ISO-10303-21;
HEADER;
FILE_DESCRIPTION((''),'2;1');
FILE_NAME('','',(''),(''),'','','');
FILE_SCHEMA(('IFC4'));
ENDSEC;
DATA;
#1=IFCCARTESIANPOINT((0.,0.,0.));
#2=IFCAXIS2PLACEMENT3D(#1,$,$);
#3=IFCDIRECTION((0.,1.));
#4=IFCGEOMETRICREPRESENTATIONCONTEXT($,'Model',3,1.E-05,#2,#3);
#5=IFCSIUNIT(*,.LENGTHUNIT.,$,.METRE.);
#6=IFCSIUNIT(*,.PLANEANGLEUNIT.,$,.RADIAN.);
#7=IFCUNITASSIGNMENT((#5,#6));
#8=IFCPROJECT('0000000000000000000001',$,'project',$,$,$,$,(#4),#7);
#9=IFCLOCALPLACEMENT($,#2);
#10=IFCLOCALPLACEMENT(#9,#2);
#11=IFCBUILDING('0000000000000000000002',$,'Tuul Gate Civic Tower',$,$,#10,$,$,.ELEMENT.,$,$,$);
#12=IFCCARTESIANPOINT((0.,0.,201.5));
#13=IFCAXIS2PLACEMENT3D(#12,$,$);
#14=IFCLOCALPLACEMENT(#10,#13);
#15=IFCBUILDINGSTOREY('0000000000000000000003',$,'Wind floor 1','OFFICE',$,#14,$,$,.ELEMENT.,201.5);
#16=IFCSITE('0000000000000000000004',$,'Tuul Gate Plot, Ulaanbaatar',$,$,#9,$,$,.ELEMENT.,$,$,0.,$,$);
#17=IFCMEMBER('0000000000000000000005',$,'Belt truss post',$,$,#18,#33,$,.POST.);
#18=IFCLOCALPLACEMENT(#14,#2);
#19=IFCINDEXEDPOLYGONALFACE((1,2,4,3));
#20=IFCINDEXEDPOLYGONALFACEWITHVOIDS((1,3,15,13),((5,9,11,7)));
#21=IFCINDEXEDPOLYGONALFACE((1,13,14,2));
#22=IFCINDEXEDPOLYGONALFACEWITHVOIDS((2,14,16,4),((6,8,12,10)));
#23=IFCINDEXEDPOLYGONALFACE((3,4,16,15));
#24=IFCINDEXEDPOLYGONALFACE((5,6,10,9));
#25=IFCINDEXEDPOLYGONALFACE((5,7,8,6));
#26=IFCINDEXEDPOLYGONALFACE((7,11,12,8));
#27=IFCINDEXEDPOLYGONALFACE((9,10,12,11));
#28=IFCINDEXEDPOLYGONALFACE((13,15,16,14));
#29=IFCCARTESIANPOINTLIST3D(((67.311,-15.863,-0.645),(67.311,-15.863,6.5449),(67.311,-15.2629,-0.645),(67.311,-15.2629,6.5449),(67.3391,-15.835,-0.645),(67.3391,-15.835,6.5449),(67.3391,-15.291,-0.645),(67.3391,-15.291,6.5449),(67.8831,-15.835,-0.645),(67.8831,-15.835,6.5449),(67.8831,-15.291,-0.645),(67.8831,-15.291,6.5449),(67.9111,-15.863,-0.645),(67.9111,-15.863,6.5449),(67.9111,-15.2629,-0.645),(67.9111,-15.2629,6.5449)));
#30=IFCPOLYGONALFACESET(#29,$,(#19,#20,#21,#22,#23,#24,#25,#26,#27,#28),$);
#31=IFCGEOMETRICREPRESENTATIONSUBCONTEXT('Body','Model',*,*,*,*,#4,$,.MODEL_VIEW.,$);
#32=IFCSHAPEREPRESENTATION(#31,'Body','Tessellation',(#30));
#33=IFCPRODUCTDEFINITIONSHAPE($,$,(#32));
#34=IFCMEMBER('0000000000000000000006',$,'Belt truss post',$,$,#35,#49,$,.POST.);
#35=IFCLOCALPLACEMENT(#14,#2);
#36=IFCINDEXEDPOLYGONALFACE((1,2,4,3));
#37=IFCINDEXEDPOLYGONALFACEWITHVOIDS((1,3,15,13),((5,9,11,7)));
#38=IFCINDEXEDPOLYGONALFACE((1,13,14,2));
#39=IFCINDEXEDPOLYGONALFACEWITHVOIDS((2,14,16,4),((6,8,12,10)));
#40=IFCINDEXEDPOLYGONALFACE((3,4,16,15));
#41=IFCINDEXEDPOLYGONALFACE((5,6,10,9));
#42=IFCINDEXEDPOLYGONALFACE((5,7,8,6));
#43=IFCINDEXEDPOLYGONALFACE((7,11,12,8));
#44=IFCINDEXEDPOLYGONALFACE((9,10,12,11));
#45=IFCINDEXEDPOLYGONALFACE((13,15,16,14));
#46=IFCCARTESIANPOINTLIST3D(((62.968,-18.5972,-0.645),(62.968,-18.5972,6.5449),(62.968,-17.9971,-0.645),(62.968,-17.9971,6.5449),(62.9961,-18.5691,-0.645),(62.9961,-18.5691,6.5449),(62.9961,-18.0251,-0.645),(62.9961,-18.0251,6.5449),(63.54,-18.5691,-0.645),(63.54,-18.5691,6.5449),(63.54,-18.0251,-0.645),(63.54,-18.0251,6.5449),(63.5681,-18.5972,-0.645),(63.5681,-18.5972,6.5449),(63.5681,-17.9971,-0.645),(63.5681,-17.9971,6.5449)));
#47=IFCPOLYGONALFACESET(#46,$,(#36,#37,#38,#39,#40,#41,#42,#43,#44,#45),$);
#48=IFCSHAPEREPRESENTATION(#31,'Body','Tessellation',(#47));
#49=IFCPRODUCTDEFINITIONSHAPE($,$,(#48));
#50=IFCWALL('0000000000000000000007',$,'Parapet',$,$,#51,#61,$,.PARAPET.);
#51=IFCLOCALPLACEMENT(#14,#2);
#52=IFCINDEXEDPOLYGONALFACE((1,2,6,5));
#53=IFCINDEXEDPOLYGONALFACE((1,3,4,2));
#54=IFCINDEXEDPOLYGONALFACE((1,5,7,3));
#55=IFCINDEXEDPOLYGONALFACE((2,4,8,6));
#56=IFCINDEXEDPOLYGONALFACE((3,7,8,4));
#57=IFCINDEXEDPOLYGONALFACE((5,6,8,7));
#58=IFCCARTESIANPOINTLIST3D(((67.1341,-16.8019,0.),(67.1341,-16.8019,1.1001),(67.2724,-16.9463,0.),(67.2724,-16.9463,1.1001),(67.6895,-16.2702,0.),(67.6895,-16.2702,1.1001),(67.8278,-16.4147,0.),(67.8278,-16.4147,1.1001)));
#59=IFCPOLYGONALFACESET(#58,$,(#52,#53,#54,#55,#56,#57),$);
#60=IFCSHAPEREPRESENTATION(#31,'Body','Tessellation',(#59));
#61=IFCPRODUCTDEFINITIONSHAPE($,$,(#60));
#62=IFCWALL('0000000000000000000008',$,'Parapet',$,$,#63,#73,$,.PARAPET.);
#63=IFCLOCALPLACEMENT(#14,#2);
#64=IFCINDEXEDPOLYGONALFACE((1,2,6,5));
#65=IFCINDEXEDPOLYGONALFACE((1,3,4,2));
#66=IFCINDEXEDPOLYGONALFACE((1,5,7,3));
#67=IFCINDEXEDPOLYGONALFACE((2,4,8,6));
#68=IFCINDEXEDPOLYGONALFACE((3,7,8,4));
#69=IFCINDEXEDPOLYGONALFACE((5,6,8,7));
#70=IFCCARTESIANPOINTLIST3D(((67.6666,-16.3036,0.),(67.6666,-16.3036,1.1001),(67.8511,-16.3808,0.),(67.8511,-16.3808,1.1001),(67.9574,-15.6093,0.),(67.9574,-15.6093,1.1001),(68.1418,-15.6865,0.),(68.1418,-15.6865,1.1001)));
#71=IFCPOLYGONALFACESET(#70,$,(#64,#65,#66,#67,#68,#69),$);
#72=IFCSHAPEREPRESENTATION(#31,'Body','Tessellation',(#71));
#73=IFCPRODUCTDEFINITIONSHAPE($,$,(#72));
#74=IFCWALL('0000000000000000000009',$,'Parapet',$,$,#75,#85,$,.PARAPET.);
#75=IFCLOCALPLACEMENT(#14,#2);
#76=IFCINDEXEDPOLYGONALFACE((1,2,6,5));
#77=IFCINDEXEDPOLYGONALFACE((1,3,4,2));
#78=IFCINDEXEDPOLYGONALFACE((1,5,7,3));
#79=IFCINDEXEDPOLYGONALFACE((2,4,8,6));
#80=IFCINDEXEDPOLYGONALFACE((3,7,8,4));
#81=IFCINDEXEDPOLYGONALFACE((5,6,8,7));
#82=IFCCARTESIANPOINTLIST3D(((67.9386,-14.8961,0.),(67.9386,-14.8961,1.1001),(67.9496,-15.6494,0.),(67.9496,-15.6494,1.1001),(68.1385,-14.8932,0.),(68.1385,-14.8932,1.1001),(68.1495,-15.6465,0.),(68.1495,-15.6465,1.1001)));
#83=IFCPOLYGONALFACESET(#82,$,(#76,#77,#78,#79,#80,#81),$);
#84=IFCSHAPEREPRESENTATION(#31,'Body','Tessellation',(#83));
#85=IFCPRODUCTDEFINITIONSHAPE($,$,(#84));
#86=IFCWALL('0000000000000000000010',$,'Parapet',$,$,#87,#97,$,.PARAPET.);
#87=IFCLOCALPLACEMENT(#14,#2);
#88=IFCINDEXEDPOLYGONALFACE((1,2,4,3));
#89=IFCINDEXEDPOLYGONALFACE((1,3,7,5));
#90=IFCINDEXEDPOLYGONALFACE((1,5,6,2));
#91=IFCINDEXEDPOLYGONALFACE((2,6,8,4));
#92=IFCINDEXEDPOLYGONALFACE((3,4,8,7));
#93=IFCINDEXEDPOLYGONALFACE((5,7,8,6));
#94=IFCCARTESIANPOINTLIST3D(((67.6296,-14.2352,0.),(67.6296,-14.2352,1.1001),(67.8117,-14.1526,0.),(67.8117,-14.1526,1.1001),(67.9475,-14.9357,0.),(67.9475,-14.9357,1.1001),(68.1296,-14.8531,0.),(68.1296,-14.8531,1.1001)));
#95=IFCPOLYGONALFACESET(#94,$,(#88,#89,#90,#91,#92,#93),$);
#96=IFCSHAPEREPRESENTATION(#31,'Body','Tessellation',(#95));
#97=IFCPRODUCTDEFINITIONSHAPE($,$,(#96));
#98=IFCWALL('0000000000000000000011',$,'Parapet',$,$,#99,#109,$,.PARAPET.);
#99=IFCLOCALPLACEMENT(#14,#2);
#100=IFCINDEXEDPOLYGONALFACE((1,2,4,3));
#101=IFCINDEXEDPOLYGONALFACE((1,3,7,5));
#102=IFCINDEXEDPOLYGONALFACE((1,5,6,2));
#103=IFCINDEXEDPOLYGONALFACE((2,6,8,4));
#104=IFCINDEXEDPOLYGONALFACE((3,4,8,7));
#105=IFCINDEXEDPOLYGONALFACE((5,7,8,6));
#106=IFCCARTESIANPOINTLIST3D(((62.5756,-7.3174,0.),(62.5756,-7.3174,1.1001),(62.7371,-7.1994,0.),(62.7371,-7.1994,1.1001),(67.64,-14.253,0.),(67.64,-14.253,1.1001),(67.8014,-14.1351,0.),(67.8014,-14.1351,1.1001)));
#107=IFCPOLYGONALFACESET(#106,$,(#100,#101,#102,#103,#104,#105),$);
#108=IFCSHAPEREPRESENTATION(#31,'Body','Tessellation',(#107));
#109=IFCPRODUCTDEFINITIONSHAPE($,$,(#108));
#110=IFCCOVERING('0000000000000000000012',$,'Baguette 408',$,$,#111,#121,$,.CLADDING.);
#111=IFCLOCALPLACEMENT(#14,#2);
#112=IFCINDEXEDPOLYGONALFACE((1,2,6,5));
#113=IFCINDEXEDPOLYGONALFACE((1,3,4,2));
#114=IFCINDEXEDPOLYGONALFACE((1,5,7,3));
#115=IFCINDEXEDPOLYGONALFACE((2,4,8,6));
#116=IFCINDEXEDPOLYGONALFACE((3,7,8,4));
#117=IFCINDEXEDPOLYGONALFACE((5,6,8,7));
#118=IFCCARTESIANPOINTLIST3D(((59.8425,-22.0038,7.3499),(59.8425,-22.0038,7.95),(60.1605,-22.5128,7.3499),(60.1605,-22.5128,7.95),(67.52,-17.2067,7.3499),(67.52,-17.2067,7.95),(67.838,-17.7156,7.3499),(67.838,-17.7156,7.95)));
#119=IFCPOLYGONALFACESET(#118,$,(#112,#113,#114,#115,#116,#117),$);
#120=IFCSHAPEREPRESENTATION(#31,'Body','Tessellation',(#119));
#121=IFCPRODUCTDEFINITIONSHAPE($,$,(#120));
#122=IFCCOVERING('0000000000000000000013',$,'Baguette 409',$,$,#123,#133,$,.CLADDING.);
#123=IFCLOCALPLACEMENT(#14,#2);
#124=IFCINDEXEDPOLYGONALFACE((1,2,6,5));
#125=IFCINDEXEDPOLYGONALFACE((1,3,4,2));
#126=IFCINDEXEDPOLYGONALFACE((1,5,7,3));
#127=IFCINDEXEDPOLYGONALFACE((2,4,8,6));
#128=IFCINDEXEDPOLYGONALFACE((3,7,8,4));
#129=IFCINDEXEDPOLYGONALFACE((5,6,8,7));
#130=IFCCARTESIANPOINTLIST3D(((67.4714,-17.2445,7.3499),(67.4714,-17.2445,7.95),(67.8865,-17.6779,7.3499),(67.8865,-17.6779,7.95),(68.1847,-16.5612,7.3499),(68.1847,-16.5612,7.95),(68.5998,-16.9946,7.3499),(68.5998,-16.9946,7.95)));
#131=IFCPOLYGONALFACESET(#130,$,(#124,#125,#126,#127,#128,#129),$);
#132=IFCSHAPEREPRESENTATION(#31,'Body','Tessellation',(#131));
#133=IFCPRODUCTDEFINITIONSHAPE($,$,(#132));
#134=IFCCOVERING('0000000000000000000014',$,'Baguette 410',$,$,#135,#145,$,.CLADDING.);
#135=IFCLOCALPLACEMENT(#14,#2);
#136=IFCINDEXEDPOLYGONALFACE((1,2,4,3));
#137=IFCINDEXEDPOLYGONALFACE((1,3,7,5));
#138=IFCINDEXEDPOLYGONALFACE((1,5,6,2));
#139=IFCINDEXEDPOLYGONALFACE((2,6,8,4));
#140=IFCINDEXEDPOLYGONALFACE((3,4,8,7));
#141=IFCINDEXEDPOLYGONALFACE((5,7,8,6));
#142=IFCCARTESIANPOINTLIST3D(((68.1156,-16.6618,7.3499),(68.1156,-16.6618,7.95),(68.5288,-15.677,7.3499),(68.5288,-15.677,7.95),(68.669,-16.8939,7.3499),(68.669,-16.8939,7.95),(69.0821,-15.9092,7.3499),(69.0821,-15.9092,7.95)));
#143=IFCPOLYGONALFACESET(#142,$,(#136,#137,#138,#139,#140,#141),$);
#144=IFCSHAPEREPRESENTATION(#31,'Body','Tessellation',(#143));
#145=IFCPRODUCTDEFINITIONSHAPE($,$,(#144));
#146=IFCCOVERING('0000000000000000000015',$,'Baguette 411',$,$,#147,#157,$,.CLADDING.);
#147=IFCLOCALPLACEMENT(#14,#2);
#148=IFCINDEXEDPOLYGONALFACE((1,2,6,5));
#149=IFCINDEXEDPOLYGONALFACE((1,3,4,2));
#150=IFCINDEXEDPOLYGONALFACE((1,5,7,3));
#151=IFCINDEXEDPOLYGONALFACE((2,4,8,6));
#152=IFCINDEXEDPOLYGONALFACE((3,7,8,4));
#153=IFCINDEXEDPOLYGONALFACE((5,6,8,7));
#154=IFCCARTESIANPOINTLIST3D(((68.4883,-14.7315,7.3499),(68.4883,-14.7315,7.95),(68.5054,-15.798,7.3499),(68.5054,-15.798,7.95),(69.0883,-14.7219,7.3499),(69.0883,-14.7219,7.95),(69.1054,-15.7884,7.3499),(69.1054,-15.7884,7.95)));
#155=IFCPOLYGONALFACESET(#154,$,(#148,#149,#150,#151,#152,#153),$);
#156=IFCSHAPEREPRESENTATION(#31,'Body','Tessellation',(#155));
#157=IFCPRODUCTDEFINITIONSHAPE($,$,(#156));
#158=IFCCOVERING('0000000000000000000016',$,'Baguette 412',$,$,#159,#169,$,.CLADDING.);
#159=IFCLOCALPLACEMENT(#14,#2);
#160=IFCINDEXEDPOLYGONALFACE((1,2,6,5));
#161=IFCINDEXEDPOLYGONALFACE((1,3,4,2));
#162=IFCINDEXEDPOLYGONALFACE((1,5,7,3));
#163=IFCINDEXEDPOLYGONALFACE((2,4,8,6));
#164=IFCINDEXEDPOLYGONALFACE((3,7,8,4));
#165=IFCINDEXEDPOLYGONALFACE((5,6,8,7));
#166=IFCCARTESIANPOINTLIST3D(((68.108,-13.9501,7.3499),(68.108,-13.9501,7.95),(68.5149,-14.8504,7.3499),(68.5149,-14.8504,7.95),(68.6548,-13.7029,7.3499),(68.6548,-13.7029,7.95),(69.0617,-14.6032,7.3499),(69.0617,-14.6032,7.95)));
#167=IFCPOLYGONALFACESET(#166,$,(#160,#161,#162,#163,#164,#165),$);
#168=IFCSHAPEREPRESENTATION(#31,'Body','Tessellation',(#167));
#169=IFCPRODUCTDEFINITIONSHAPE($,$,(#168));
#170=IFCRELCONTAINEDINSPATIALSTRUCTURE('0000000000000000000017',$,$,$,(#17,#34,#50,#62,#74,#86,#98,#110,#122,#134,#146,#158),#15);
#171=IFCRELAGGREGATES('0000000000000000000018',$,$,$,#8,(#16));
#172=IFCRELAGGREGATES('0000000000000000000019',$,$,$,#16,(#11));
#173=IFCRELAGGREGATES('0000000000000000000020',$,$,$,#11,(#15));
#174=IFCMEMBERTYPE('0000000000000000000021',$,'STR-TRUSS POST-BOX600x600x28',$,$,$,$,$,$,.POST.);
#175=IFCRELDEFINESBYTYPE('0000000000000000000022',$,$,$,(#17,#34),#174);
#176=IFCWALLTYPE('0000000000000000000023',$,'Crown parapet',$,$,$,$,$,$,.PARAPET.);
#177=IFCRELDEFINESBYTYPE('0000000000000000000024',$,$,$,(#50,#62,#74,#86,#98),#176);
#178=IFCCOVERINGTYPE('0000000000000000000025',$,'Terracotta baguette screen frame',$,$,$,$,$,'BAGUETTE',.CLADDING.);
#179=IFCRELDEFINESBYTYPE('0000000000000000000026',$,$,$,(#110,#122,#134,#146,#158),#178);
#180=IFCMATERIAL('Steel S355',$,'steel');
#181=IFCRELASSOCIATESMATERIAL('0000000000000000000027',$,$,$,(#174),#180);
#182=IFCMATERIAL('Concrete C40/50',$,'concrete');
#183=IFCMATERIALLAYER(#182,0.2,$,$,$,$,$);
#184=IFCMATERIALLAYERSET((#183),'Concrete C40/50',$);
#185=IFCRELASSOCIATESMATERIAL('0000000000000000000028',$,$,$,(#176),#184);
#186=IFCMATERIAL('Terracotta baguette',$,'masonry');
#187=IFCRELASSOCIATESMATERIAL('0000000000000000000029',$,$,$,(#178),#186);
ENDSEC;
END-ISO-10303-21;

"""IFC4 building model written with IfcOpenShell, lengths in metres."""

from ifc_helpers import new_model, si_unit, direction, frame, frame_2d, origin, origin_2d, place, context, subcontext, project, spatial, rectangle, hollow_rectangle, extrude, material, layer, layer_set, material_profile, profile_set, type_object, element, save


model = new_model("IFC4")

# Units and contexts
model_context = context("Model", 3, precision=1e-05, world=origin(), true_north=direction((0.0, 1.0)))
body_context = subcontext(model_context, "Body", "Model", "MODEL_VIEW")
ifc_project = project(units=[si_unit("LENGTHUNIT", "METRE"), si_unit("PLANEANGLEUNIT", "RADIAN")], contexts=[model_context])

# Site, building, storey
site_placement = place(None, origin())
site = spatial("IfcSite", under=ifc_project, at=site_placement, Name="Tuul Gate Plot, Ulaanbaatar", CompositionType="ELEMENT", RefElevation=0.0)
building_placement = place(site_placement, origin())
building = spatial("IfcBuilding", under=site, at=building_placement, Name="Tuul Gate Civic Tower", CompositionType="ELEMENT")
storey_placement = place(building_placement, frame((0.0, 0.0, 201.5)))
storey = spatial("IfcBuildingStorey", under=building, at=storey_placement, Name="Wind floor 1", Description="OFFICE", CompositionType="ELEMENT", Elevation=201.5)

# Members
ifc_material_1 = material(Name="Steel S355", Category="steel")
ifc_material_profile_1 = material_profile(ifc_material_1, hollow_rectangle(XDim=0.6001, YDim=0.6001, WallThickness=0.0281, at=origin_2d()), Name="BOX600x600x28")
ifc_profile_set_1 = profile_set([ifc_material_profile_1], Name="Steel S355")
member_type_1 = type_object("IfcMemberType", Name="STR-TRUSS POST-BOX600x600x28", PredefinedType="POST", material=ifc_profile_set_1)
for number, where, z_axis, x_axis, name in (
    (1, (67.6111, -15.563, -0.645), (0.0, 0.0, 1.0), (1.0, 0.0, 0.0), "Belt truss post"),
    (2, (63.2681, -18.2971, -0.645), (0.0, 0.0, 1.0), (1.0, 0.0, 0.0), "Belt truss post"),
):
    element("IfcMember", number, at=place(storey_placement, frame(where, z_axis=z_axis, x_axis=x_axis)), inside=storey, type_object=member_type_1, Name=name, PredefinedType="POST", context=body_context, shape_type="SweptSolid", body=[
        extrude(hollow_rectangle(XDim=0.6001, YDim=0.6001, WallThickness=0.0281, at=origin_2d()), origin(), (0.0, 0.0, 1.0), 7.1899),
    ])

# Walls
ifc_material_2 = material(Name="Concrete C40/50", Category="concrete")
ifc_layer = layer(ifc_material_2, 0.2)
ifc_layer_set = layer_set([ifc_layer], Name="Concrete C40/50")
wall_type = type_object("IfcWallType", Name="Crown parapet", PredefinedType="PARAPET", material=ifc_layer_set)
wall_1_placement = place(storey_placement, frame((67.2034, -16.874, 0.0), z_axis=(0.0, 0.0, 1.0), x_axis=(0.722338, 0.69154, 0.0)))
element("IfcWall", 3, at=wall_1_placement, inside=storey, type_object=wall_type, Name="Parapet", PredefinedType="PARAPET", context=body_context, shape_type="SweptSolid", body=[
    extrude(rectangle(XDim=0.7688, YDim=0.2, at=frame_2d((0.3843, 0.0))), origin(), (0.0, 0.0, 1.0), 1.1001),
])
wall_2_placement = place(storey_placement, frame((67.7588, -16.3423, 0.0), z_axis=(0.0, 0.0, 1.0), x_axis=(0.386273, 0.922385, 0.0)))
element("IfcWall", 4, at=wall_2_placement, inside=storey, type_object=wall_type, Name="Parapet", PredefinedType="PARAPET", context=body_context, shape_type="SweptSolid", body=[
    extrude(rectangle(XDim=0.7527, YDim=0.2, at=frame_2d((0.3765, 0.0))), origin(), (0.0, 0.0, 1.0), 1.1001),
])
wall_3_placement = place(storey_placement, frame((68.0496, -15.6479, 0.0), z_axis=(0.0, 0.0, 1.0), x_axis=(-0.01458, 0.999894, 0.0)))
element("IfcWall", 5, at=wall_3_placement, inside=storey, type_object=wall_type, Name="Parapet", PredefinedType="PARAPET", context=body_context, shape_type="SweptSolid", body=[
    extrude(rectangle(XDim=0.7534, YDim=0.2, at=frame_2d((0.3767, 0.0))), origin(), (0.0, 0.0, 1.0), 1.1001),
])
wall_4_placement = place(storey_placement, frame((68.0386, -14.8945, 0.0), z_axis=(0.0, 0.0, 1.0), x_axis=(-0.413253, 0.910616, 0.0)))
element("IfcWall", 6, at=wall_4_placement, inside=storey, type_object=wall_type, Name="Parapet", PredefinedType="PARAPET", context=body_context, shape_type="SweptSolid", body=[
    extrude(rectangle(XDim=0.7693, YDim=0.2, at=frame_2d((0.3848, 0.0))), origin(), (0.0, 0.0, 1.0), 1.1001),
])
wall_5_placement = place(storey_placement, frame((67.7207, -14.1941, 0.0), z_axis=(0.0, 0.0, 1.0), x_axis=(-0.589712, 0.807613, 0.0)))
element("IfcWall", 7, at=wall_5_placement, inside=storey, type_object=wall_type, Name="Parapet", PredefinedType="PARAPET", context=body_context, shape_type="SweptSolid", body=[
    extrude(rectangle(XDim=8.5879, YDim=0.2, at=frame_2d((4.2939, 0.0))), origin(), (0.0, 0.0, 1.0), 1.1001),
])

# Coverings
ifc_material_3 = material(Name="Terracotta baguette", Category="masonry")
ifc_material_profile_2 = material_profile(ifc_material_3, rectangle(XDim=0.6001, YDim=0.6001, at=origin_2d()), Name="Terracotta baguette screen frame")
ifc_profile_set_2 = profile_set([ifc_material_profile_2], Name="Terracotta baguette")
covering_type = type_object("IfcCoveringType", Name="Terracotta baguette screen frame", ElementType="BAGUETTE", PredefinedType="CLADDING", material=ifc_profile_set_2)
covering_1_placement = place(storey_placement, frame((60.0015, -22.2583, 7.6499), z_axis=(0.848063, 0.529895, 0.0), x_axis=(-0.529895, 0.848063, 0.0)))
element("IfcCovering", 8, at=covering_1_placement, inside=storey, type_object=covering_type, Name="Baguette 408", PredefinedType="CLADDING", context=body_context, shape_type="SweptSolid", body=[
    extrude(rectangle(XDim=0.6001, YDim=0.6001, at=origin_2d()), origin(), (0.0, 0.0, 1.0), 9.053),
])
covering_2_placement = place(storey_placement, frame((67.679, -17.4612, 7.6499), z_axis=(0.722143, 0.691744, 0.0), x_axis=(-0.691744, 0.722143, 0.0)))
element("IfcCovering", 9, at=covering_2_placement, inside=storey, type_object=covering_type, Name="Baguette 409", PredefinedType="CLADDING", context=body_context, shape_type="SweptSolid", body=[
    extrude(rectangle(XDim=0.6001, YDim=0.6001, at=origin_2d()), origin(), (0.0, 0.0, 1.0), 0.9878),
])
covering_3_placement = place(storey_placement, frame((68.3923, -16.7778, 7.6499), z_axis=(0.386871, 0.922134, 0.0), x_axis=(-0.922134, 0.386871, 0.0)))
element("IfcCovering", 10, at=covering_3_placement, inside=storey, type_object=covering_type, Name="Baguette 410", PredefinedType="CLADDING", context=body_context, shape_type="SweptSolid", body=[
    extrude(rectangle(XDim=0.6001, YDim=0.6001, at=origin_2d()), origin(), (0.0, 0.0, 1.0), 1.0679),
])
covering_4_placement = place(storey_placement, frame((68.8054, -15.7932, 7.6499), z_axis=(-0.016024, 0.999872, 0.0), x_axis=(-0.999872, -0.016024, 0.0)))
element("IfcCovering", 11, at=covering_4_placement, inside=storey, type_object=covering_type, Name="Baguette 411", PredefinedType="CLADDING", context=body_context, shape_type="SweptSolid", body=[
    extrude(rectangle(XDim=0.6001, YDim=0.6001, at=origin_2d()), origin(), (0.0, 0.0, 1.0), 1.0667),
])
covering_5_placement = place(storey_placement, frame((68.7883, -14.7268, 7.6499), z_axis=(-0.411885, 0.911236, 0.0), x_axis=(-0.911236, -0.411885, 0.0)))
element("IfcCovering", 12, at=covering_5_placement, inside=storey, type_object=covering_type, Name="Baguette 412", PredefinedType="CLADDING", context=body_context, shape_type="SweptSolid", body=[
    extrude(rectangle(XDim=0.6001, YDim=0.6001, at=origin_2d()), origin(), (0.0, 0.0, 1.0), 0.988),
])

save(model, "model.ifc")
